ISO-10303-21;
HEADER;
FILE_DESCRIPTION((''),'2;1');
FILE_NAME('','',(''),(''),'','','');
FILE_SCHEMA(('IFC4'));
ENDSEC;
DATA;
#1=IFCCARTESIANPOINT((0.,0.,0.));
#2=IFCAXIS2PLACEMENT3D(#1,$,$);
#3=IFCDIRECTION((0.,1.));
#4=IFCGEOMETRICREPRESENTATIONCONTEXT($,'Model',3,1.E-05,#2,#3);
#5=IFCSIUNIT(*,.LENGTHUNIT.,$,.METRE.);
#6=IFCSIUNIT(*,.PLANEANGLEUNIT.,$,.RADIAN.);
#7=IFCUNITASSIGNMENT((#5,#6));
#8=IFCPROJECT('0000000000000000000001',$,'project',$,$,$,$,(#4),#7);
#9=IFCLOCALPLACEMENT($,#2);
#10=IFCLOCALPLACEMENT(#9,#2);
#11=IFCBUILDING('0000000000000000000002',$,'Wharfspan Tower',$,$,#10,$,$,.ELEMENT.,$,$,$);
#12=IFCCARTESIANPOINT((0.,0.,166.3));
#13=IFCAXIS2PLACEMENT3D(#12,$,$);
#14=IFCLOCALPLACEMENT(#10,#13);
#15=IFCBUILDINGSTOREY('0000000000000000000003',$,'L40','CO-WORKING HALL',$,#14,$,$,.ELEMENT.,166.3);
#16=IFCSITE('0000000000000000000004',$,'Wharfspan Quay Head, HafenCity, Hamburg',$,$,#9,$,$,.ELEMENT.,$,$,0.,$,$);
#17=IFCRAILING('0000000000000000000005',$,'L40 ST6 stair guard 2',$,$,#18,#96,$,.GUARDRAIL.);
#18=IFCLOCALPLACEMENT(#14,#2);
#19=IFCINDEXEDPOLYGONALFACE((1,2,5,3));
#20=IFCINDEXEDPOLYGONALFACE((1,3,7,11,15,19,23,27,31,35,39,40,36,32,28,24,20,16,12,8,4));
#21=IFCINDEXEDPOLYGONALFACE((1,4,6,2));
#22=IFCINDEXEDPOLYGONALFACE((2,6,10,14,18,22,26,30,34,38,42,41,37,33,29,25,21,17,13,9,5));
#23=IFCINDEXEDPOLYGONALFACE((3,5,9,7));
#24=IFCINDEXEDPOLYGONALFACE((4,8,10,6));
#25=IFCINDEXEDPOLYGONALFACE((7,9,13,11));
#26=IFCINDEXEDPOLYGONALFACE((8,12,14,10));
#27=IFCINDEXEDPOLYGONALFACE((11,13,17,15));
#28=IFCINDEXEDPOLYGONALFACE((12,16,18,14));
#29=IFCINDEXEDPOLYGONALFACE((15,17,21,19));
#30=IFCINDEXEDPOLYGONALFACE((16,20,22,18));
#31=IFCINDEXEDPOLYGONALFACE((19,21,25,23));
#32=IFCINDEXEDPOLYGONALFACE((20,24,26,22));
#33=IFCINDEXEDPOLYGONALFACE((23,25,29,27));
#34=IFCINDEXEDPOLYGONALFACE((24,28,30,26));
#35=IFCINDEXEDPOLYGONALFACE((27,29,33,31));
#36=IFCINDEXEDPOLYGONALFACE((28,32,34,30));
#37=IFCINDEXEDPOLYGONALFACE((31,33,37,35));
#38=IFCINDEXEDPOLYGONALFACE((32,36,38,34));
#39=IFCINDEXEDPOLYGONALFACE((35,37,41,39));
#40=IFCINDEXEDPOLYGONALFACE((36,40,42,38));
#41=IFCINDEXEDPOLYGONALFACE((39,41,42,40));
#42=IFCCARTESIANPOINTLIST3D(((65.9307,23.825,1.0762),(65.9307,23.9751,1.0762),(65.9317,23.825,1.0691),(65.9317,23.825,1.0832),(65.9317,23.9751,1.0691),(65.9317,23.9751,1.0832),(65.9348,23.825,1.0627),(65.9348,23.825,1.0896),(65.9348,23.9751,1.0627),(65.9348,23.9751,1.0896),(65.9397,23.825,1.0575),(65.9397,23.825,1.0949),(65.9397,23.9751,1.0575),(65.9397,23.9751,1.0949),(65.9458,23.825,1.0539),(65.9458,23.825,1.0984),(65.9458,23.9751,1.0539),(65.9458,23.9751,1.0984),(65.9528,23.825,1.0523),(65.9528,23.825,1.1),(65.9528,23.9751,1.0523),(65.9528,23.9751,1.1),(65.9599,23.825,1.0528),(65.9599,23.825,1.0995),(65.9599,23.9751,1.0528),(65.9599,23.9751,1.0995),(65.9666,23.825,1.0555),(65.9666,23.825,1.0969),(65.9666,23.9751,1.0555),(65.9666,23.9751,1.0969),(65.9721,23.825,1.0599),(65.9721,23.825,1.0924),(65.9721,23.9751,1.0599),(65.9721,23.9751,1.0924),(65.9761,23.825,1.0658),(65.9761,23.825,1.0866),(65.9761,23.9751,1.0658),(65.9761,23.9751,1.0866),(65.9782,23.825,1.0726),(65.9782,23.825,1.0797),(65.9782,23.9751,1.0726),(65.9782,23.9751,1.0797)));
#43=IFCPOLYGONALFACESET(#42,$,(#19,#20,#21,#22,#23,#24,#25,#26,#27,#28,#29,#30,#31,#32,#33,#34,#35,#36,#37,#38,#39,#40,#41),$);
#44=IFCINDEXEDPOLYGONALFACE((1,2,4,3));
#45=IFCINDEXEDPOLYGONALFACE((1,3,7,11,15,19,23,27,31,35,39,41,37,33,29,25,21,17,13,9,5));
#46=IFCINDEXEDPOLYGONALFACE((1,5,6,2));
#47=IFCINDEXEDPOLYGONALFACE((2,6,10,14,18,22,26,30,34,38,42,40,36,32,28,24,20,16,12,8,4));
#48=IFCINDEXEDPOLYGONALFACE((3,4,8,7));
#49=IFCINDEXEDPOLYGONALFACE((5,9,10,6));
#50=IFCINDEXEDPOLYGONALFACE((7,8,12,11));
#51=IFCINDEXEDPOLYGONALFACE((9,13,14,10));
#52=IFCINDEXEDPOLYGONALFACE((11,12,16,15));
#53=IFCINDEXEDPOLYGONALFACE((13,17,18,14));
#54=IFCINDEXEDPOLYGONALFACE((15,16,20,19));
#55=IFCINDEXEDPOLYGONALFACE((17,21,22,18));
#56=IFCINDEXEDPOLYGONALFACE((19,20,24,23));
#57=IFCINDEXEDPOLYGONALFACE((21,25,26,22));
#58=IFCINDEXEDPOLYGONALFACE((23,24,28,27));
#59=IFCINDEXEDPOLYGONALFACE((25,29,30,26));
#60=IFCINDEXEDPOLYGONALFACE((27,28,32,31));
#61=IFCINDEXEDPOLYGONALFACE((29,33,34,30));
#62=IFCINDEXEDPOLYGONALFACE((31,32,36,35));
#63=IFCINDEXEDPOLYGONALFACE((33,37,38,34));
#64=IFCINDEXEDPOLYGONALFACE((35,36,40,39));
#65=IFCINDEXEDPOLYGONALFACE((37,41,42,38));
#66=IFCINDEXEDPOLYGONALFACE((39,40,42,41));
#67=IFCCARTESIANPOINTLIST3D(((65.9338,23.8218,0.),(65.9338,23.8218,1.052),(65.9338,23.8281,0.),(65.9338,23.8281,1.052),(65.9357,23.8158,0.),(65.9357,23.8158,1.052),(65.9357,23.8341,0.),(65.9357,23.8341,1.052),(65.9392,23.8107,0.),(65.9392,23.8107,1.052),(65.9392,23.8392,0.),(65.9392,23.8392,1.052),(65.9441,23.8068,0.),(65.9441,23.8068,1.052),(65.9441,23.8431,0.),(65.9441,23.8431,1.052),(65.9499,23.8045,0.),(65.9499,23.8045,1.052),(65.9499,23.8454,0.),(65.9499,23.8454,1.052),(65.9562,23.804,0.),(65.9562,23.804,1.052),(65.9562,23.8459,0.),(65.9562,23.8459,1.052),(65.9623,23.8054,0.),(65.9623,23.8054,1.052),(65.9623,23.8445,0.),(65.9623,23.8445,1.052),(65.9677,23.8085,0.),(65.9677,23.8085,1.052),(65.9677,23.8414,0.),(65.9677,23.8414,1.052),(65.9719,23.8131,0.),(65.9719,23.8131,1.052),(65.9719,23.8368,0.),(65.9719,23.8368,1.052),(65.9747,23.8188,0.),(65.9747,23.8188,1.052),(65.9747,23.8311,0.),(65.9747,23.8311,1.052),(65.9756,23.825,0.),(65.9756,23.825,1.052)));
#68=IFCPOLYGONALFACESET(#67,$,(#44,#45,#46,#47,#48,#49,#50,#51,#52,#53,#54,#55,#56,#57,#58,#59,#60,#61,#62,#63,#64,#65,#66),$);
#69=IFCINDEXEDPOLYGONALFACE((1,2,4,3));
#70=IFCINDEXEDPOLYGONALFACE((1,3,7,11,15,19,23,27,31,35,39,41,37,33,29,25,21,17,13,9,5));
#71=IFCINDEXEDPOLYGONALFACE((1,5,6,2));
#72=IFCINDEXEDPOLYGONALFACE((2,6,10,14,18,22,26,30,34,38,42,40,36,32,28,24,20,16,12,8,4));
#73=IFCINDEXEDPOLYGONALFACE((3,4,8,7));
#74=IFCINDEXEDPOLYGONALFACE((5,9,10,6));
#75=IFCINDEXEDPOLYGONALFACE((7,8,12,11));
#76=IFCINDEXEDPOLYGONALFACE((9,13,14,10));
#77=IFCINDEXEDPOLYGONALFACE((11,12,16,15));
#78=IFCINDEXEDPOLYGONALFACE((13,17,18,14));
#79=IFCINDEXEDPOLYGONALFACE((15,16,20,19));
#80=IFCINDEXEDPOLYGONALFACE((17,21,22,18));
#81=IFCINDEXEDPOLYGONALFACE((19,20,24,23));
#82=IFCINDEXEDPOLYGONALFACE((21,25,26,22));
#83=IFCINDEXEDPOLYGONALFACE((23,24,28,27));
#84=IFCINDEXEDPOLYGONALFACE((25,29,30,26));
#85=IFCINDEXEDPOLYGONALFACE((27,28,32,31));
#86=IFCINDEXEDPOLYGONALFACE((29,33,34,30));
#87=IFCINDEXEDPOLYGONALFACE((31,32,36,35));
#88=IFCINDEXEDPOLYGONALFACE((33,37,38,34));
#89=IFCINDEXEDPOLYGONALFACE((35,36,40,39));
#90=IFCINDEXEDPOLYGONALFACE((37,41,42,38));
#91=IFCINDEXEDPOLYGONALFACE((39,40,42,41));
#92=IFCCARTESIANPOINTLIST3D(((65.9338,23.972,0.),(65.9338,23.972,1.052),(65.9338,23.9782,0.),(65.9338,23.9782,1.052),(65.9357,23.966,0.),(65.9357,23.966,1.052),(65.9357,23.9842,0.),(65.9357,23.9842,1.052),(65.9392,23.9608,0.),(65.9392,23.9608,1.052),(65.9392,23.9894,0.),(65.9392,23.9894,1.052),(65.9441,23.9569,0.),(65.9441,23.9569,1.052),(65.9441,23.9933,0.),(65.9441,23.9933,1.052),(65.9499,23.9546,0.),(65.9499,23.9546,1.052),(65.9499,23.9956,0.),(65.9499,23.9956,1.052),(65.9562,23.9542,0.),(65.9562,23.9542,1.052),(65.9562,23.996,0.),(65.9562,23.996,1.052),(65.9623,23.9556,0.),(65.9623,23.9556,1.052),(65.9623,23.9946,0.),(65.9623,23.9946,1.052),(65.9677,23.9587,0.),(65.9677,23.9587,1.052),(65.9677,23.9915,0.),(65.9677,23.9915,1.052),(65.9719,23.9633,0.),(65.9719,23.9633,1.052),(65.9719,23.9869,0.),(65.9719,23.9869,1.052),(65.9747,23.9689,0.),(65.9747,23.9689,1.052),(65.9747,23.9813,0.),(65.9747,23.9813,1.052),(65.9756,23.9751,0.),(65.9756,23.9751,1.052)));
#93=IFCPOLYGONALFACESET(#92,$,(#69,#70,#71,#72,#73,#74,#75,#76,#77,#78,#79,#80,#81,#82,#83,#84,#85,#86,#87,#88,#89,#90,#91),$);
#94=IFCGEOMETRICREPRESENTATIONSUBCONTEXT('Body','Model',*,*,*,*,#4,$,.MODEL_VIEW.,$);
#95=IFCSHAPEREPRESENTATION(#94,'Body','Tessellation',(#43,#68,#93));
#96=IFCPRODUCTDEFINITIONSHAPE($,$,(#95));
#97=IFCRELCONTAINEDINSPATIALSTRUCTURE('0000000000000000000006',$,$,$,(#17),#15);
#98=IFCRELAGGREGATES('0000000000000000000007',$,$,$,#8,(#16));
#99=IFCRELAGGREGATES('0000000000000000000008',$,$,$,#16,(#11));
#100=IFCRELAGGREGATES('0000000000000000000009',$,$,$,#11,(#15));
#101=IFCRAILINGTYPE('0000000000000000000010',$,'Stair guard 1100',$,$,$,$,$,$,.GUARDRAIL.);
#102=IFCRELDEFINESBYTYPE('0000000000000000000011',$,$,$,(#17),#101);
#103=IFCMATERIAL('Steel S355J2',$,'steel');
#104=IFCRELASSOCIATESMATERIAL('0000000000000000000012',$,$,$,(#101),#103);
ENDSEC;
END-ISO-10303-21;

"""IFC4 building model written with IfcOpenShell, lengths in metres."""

from ifc_helpers import new_model, si_unit, direction, frame, origin, origin_2d, place, context, subcontext, project, spatial, circle, extrude, material, type_object, element, save


model = new_model("IFC4")

# Units and contexts
model_context = context("Model", 3, precision=1e-05, world=origin(), true_north=direction((0.0, 1.0)))
body_context = subcontext(model_context, "Body", "Model", "MODEL_VIEW")
ifc_project = project(units=[si_unit("LENGTHUNIT", "METRE"), si_unit("PLANEANGLEUNIT", "RADIAN")], contexts=[model_context])

# Site, building, storey
site_placement = place(None, origin())
site = spatial("IfcSite", under=ifc_project, at=site_placement, Name="Wharfspan Quay Head, HafenCity, Hamburg", CompositionType="ELEMENT", RefElevation=0.0)
building_placement = place(site_placement, origin())
building = spatial("IfcBuilding", under=site, at=building_placement, Name="Wharfspan Tower", CompositionType="ELEMENT")
storey_placement = place(building_placement, frame((0.0, 0.0, 166.3)))
storey = spatial("IfcBuildingStorey", under=building, at=storey_placement, Name="L40", Description="CO-WORKING HALL", CompositionType="ELEMENT", Elevation=166.3)

# Railing
ifc_material_1 = material(Name="Steel S355J2", Category="steel")
railing_type_1 = type_object("IfcRailingType", Name="Stair guard 1100", PredefinedType="GUARDRAIL", material=ifc_material_1)
railing_1_placement = place(storey_placement, frame((65.9546, 23.825, 0.0)))
element("IfcRailing", 1, at=railing_1_placement, inside=storey, type_object=railing_type_1, Name="L40 ST6 stair guard 2", PredefinedType="GUARDRAIL", context=body_context, shape_type="SweptSolid", body=[
    extrude(circle(Radius=0.0239, at=origin_2d()), frame((0.0, 0.0, 1.0762), z_axis=(0.0, 1.0, 0.0), x_axis=(-1.0, 0.0, 0.0)), (0.0, 0.0, 1.0), 0.1501),
    extrude(circle(Radius=0.021, at=origin_2d()), origin(), (0.0, 0.0, 1.0), 1.052),
    extrude(circle(Radius=0.021, at=origin_2d()), frame((0.0, 0.1501, 0.0)), (0.0, 0.0, 1.0), 1.052),
])

save(model, "model.ifc")
